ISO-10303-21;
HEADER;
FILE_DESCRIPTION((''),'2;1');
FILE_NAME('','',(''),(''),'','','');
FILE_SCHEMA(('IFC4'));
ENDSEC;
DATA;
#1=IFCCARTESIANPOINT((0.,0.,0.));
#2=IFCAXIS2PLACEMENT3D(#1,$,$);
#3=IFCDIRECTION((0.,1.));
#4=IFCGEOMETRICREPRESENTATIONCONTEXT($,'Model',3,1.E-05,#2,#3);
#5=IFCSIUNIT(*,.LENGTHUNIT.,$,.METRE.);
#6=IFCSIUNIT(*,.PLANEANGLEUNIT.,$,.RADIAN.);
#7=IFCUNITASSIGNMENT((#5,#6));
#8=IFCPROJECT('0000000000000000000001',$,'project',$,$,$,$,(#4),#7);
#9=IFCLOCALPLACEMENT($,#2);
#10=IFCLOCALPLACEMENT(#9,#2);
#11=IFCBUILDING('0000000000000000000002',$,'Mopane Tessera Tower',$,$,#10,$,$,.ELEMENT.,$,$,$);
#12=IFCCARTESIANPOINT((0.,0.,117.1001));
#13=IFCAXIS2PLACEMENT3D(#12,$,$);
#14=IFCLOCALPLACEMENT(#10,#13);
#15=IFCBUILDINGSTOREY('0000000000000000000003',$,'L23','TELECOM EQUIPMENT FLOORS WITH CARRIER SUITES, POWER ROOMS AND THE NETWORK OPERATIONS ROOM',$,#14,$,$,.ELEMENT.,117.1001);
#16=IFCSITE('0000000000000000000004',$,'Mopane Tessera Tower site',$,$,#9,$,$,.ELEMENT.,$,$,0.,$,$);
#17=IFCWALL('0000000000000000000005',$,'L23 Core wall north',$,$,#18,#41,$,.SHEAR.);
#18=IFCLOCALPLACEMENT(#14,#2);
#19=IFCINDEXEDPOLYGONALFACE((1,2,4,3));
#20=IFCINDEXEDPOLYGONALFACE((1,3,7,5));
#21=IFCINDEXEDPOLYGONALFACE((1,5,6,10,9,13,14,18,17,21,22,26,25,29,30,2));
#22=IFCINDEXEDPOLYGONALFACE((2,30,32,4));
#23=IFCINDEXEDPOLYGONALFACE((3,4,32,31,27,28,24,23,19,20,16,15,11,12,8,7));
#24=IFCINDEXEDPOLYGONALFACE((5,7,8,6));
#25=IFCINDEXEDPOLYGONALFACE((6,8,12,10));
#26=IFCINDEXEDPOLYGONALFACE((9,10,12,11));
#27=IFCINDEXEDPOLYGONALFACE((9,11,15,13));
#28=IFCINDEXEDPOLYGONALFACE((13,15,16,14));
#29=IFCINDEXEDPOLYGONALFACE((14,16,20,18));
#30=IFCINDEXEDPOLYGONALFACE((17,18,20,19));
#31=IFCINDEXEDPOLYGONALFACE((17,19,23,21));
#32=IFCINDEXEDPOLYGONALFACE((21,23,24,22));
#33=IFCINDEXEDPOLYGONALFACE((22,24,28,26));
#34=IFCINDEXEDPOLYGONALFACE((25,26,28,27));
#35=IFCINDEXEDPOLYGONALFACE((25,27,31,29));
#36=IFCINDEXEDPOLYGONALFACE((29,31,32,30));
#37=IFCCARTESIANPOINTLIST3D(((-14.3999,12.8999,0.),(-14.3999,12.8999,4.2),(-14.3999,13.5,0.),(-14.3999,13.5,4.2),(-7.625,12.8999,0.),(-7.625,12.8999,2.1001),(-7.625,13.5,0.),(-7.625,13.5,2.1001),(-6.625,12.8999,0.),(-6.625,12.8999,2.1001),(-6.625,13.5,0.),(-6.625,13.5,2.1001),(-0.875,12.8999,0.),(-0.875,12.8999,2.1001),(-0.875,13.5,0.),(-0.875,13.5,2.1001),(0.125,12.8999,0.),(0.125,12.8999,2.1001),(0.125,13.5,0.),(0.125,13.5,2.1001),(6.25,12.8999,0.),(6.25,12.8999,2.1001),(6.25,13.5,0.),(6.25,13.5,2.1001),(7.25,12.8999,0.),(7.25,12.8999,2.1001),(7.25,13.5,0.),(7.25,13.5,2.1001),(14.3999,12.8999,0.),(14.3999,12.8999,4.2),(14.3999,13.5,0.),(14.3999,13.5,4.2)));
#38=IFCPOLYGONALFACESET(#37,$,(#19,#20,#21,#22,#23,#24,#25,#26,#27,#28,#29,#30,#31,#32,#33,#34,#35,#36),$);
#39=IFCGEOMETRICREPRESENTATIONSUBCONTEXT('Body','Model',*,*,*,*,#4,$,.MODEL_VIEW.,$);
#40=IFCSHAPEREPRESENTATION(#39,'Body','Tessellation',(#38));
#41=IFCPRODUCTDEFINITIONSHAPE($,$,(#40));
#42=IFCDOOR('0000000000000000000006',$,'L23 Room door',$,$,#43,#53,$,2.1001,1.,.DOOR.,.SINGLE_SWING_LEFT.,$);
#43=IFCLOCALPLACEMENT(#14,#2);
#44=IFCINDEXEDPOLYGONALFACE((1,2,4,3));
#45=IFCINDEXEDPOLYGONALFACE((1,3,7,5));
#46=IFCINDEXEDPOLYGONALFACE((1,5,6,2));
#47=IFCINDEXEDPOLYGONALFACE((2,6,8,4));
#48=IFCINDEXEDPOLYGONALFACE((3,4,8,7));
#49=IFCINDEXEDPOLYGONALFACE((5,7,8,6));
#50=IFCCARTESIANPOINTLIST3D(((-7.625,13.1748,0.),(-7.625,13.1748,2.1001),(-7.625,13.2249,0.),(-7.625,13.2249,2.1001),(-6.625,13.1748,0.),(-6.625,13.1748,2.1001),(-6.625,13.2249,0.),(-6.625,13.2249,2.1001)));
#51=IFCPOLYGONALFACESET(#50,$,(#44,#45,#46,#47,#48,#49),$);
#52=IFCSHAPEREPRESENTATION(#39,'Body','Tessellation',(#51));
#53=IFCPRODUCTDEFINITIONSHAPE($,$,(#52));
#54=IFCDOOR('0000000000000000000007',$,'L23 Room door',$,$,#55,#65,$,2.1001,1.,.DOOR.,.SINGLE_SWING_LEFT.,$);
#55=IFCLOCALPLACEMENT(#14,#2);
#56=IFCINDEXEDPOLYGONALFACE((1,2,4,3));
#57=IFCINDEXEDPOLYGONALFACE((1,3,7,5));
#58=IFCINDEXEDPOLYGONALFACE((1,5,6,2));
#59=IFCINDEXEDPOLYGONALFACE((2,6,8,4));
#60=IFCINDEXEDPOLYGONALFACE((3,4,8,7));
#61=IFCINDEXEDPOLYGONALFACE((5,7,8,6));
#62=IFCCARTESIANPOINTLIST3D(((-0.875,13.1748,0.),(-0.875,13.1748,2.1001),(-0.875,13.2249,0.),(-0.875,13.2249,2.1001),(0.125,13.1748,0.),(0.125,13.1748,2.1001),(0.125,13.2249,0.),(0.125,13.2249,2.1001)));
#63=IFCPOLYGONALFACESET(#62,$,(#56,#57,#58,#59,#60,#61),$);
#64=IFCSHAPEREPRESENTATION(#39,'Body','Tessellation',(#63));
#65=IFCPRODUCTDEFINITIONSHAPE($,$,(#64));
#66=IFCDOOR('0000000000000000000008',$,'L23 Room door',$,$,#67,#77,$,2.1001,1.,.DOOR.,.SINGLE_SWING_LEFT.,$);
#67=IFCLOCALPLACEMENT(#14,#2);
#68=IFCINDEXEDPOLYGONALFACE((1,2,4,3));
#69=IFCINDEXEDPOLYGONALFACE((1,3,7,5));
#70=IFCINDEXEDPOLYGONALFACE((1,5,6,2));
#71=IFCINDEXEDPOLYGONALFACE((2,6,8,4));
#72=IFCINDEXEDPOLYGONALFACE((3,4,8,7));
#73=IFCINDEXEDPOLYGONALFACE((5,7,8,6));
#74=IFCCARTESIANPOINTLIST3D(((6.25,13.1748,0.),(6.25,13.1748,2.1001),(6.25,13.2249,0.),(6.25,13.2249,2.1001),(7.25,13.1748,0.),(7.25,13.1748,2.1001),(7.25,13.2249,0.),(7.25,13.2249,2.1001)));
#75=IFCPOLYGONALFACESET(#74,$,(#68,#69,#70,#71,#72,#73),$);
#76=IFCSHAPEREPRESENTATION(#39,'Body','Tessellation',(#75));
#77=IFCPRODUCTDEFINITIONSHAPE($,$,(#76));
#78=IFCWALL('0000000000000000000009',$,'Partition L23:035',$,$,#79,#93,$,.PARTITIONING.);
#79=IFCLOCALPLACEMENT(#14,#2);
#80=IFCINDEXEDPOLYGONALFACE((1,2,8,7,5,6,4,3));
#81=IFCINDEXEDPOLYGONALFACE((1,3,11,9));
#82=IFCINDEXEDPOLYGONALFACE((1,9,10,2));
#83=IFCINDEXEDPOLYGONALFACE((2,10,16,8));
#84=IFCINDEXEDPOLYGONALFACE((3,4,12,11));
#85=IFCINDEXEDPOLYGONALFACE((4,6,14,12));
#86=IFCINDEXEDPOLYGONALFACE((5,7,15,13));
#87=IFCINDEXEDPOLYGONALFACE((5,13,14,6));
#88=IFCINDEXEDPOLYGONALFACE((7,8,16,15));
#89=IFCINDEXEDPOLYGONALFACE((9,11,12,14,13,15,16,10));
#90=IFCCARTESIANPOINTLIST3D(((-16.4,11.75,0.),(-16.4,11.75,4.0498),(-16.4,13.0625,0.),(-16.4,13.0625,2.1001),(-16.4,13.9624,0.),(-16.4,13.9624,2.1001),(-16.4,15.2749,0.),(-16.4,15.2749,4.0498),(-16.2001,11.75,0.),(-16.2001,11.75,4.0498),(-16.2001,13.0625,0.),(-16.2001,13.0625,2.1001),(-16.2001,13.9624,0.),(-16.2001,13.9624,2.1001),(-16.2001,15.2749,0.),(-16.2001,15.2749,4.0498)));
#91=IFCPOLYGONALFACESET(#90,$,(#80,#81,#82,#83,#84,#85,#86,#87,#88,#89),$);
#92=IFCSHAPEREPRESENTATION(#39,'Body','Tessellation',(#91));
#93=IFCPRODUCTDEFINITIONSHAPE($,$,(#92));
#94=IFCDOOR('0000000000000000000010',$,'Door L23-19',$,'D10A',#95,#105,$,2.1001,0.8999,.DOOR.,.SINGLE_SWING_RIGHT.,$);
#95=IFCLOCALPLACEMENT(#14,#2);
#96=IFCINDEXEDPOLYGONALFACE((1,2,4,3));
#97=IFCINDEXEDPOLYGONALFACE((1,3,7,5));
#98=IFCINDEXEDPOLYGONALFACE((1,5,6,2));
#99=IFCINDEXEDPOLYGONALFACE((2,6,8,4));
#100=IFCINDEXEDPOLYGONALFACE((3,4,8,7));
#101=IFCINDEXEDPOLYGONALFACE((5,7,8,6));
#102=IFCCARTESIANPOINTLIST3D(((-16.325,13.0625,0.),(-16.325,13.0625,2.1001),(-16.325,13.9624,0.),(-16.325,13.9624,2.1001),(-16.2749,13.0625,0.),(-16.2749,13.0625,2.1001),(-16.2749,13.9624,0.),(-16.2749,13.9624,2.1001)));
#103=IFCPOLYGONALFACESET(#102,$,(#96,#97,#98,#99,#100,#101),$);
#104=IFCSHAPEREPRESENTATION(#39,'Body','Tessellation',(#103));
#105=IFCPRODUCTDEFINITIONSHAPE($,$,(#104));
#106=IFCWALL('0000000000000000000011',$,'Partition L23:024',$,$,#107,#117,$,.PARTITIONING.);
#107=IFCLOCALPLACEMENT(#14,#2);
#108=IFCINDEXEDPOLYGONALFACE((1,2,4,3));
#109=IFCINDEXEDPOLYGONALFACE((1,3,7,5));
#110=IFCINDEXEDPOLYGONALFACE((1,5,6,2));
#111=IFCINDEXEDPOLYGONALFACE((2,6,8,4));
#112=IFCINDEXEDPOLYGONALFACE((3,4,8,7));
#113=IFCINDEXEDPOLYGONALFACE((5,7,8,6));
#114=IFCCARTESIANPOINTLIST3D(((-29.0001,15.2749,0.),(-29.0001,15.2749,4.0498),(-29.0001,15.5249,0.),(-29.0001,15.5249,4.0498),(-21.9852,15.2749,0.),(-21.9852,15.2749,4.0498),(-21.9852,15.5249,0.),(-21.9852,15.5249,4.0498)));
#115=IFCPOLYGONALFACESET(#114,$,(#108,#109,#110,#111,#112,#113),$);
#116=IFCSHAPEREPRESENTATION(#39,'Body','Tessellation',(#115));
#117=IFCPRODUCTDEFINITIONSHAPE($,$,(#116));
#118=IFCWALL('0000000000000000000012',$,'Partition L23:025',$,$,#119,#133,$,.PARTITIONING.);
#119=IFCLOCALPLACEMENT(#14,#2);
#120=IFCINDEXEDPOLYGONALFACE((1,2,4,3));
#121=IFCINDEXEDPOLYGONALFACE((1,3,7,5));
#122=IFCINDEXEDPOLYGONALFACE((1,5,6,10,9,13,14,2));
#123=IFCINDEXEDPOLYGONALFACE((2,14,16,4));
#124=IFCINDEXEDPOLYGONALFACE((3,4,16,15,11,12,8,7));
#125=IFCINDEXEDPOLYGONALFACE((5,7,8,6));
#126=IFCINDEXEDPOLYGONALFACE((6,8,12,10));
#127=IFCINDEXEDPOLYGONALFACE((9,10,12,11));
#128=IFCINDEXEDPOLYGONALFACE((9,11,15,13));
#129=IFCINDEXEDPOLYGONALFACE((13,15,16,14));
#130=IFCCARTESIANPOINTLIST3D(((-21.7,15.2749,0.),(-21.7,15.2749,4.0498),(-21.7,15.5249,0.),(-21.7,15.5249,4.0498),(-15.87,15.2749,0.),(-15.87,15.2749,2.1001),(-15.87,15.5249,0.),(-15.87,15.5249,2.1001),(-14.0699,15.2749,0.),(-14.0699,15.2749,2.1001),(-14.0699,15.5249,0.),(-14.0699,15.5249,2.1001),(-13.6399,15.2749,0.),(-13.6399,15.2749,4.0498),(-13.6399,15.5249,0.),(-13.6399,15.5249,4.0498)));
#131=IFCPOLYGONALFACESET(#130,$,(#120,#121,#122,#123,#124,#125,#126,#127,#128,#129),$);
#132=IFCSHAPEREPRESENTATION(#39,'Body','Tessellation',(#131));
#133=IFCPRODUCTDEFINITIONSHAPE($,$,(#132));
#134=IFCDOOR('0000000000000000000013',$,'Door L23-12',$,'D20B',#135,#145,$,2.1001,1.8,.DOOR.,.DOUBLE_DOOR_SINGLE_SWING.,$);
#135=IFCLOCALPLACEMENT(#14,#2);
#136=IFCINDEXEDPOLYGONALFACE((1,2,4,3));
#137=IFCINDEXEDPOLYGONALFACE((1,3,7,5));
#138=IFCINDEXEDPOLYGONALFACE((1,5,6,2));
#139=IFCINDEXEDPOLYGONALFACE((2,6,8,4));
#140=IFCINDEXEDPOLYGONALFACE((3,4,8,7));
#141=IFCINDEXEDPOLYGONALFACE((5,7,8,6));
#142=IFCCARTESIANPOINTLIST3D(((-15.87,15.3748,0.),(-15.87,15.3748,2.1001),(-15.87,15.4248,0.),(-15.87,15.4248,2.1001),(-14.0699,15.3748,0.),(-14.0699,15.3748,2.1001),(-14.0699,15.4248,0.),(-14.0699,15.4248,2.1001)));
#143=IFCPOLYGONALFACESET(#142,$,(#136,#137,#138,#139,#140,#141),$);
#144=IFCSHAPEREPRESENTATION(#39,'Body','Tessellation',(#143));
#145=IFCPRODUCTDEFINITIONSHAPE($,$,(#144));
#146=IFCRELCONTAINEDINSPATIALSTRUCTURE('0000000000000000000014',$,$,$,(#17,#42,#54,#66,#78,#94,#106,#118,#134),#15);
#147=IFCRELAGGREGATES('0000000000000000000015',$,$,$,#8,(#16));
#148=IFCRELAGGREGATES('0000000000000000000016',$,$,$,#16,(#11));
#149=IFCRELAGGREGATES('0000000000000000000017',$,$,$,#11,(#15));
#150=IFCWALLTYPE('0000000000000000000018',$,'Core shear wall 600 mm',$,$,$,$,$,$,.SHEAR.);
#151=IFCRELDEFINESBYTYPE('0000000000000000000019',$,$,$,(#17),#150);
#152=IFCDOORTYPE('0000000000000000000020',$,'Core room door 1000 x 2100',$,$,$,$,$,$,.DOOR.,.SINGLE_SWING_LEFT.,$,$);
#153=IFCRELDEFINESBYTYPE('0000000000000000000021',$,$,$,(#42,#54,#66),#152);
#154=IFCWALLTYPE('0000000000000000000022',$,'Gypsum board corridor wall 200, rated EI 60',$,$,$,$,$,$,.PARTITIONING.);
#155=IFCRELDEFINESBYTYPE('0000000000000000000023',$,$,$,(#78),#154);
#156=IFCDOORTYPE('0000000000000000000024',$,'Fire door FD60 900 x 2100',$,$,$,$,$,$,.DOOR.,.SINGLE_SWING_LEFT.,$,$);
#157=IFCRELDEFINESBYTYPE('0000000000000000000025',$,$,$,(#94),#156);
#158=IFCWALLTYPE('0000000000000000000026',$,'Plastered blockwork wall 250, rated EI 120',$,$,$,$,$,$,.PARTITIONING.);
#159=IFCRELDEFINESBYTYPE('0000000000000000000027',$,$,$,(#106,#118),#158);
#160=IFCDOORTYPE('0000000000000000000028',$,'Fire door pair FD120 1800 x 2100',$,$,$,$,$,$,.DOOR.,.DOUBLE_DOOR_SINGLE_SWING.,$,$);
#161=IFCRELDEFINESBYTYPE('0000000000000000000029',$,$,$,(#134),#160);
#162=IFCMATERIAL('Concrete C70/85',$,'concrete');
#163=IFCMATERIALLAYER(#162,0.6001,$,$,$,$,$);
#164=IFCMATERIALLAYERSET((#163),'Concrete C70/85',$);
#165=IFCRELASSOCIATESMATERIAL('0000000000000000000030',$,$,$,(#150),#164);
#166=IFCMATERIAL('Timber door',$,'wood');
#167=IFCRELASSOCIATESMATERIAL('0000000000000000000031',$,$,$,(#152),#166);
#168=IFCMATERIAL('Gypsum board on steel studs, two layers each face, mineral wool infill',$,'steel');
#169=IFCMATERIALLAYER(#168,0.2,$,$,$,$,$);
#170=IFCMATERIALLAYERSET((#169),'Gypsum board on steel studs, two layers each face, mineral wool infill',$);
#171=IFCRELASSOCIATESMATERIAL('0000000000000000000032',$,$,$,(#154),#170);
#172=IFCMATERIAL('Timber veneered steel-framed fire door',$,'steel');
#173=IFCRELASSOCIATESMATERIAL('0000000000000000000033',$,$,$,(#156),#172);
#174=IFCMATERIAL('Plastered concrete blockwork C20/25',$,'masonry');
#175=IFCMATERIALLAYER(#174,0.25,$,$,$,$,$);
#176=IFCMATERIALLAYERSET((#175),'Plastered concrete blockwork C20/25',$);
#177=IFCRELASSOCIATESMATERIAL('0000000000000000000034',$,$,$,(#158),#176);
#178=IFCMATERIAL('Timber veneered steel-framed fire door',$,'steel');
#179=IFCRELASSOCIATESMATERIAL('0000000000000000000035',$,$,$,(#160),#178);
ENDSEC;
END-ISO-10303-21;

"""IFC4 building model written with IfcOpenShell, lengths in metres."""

from ifc_helpers import new_model, si_unit, direction, frame, frame_2d, origin, place, context, subcontext, project, spatial, rectangle, extrude, material, layer, layer_set, type_object, element, fill, save


model = new_model("IFC4")

# Units and contexts
model_context = context("Model", 3, precision=1e-05, world=origin(), true_north=direction((0.0, 1.0)))
body_context = subcontext(model_context, "Body", "Model", "MODEL_VIEW")
ifc_project = project(units=[si_unit("LENGTHUNIT", "METRE"), si_unit("PLANEANGLEUNIT", "RADIAN")], contexts=[model_context])

# Site, building, storey
site_placement = place(None, origin())
site = spatial("IfcSite", under=ifc_project, at=site_placement, Name="Mopane Tessera Tower site", CompositionType="ELEMENT", RefElevation=0.0)
building_placement = place(site_placement, origin())
building = spatial("IfcBuilding", under=site, at=building_placement, Name="Mopane Tessera Tower", CompositionType="ELEMENT")
storey_placement = place(building_placement, frame((0.0, 0.0, 117.1001)))
storey = spatial("IfcBuildingStorey", under=building, at=storey_placement, Name="L23", Description="TELECOM EQUIPMENT FLOORS WITH CARRIER SUITES, POWER ROOMS AND THE NETWORK OPERATIONS ROOM", CompositionType="ELEMENT", Elevation=117.1001)

# Wall, openings, doors
ifc_material_1 = material(Name="Concrete C70/85", Category="concrete")
ifc_layer_1 = layer(ifc_material_1, 0.6001)
ifc_layer_set_1 = layer_set([ifc_layer_1], Name="Concrete C70/85")
wall_type_1 = type_object("IfcWallType", Name="Core shear wall 600 mm", PredefinedType="SHEAR", material=ifc_layer_set_1)
wall_1_placement = place(storey_placement, frame((-14.3999, 13.2, 0.0), z_axis=(0.0, 0.0, 1.0), x_axis=(1.0, 0.0, 0.0)))
wall_1 = element("IfcWall", 1, at=wall_1_placement, inside=storey, type_object=wall_type_1, Name="L23 Core wall north", PredefinedType="SHEAR", context=body_context, shape_type="SweptSolid", body=[
    extrude(rectangle(XDim=28.7998, YDim=0.6001, at=frame_2d((14.3999, 0.0))), origin(), (0.0, 0.0, 1.0), 4.2),
])
opening_1_placement = place(wall_1_placement, frame((6.7749, 0.0, 0.0)))
opening_1 = element("IfcOpeningElement", 2, at=opening_1_placement, cuts=wall_1, PredefinedType="OPENING", context=body_context, shape_type="SweptSolid", body=[
    extrude(rectangle(XDim=1.0, YDim=2.1001, at=frame_2d((0.5, 1.05))), frame((0.0, 0.312, 0.0), z_axis=(0.0, -1.0, 0.0), x_axis=(1.0, 0.0, 0.0)), (0.0, 0.0, 1.0), 0.624),
])
opening_2_placement = place(wall_1_placement, frame((13.5249, 0.0, 0.0)))
opening_2 = element("IfcOpeningElement", 3, at=opening_2_placement, cuts=wall_1, PredefinedType="OPENING", context=body_context, shape_type="SweptSolid", body=[
    extrude(rectangle(XDim=1.0, YDim=2.1001, at=frame_2d((0.5, 1.05))), frame((0.0, 0.312, 0.0), z_axis=(0.0, -1.0, 0.0), x_axis=(1.0, 0.0, 0.0)), (0.0, 0.0, 1.0), 0.624),
])
opening_3_placement = place(wall_1_placement, frame((20.6499, 0.0, 0.0)))
opening_3 = element("IfcOpeningElement", 4, at=opening_3_placement, cuts=wall_1, PredefinedType="OPENING", context=body_context, shape_type="SweptSolid", body=[
    extrude(rectangle(XDim=1.0, YDim=2.1001, at=frame_2d((0.5, 1.05))), frame((0.0, 0.312, 0.0), z_axis=(0.0, -1.0, 0.0), x_axis=(1.0, 0.0, 0.0)), (0.0, 0.0, 1.0), 0.624),
])
ifc_material_2 = material(Name="Timber door", Category="wood")
door_type_1 = type_object("IfcDoorType", Name="Core room door 1000 x 2100", OperationType="SINGLE_SWING_LEFT", PredefinedType="DOOR", material=ifc_material_2)
door_1_placement = place(opening_1_placement, origin())
door_1 = element("IfcDoor", 5, at=door_1_placement, inside=storey, type_object=door_type_1, Name="L23 Room door", OperationType="SINGLE_SWING_LEFT", OverallHeight=2.1001, OverallWidth=1.0, PredefinedType="DOOR", context=body_context, shape_type="SweptSolid", body=[
    extrude(rectangle(XDim=1.0, YDim=2.1001, at=frame_2d((0.5, 1.05))), frame((0.0, 0.0249, 0.0), z_axis=(0.0, -1.0, 0.0), x_axis=(1.0, 0.0, 0.0)), (0.0, 0.0, 1.0), 0.05),
])
fill(opening_1, door_1)
door_2_placement = place(opening_2_placement, origin())
door_2 = element("IfcDoor", 6, at=door_2_placement, inside=storey, type_object=door_type_1, Name="L23 Room door", OperationType="SINGLE_SWING_LEFT", OverallHeight=2.1001, OverallWidth=1.0, PredefinedType="DOOR", context=body_context, shape_type="SweptSolid", body=[
    extrude(rectangle(XDim=1.0, YDim=2.1001, at=frame_2d((0.5, 1.05))), frame((0.0, 0.0249, 0.0), z_axis=(0.0, -1.0, 0.0), x_axis=(1.0, 0.0, 0.0)), (0.0, 0.0, 1.0), 0.05),
])
fill(opening_2, door_2)
door_3_placement = place(opening_3_placement, origin())
door_3 = element("IfcDoor", 7, at=door_3_placement, inside=storey, type_object=door_type_1, Name="L23 Room door", OperationType="SINGLE_SWING_LEFT", OverallHeight=2.1001, OverallWidth=1.0, PredefinedType="DOOR", context=body_context, shape_type="SweptSolid", body=[
    extrude(rectangle(XDim=1.0, YDim=2.1001, at=frame_2d((0.5, 1.05))), frame((0.0, 0.0249, 0.0), z_axis=(0.0, -1.0, 0.0), x_axis=(1.0, 0.0, 0.0)), (0.0, 0.0, 1.0), 0.05),
])
fill(opening_3, door_3)

# Wall, opening, door
ifc_material_3 = material(Name="Gypsum board on steel studs, two layers each face, mineral wool infill", Category="steel")
ifc_layer_2 = layer(ifc_material_3, 0.2)
ifc_layer_set_2 = layer_set([ifc_layer_2], Name="Gypsum board on steel studs, two layers each face, mineral wool infill")
wall_type_2 = type_object("IfcWallType", Name="Gypsum board corridor wall 200, rated EI 60", PredefinedType="PARTITIONING", material=ifc_layer_set_2)
wall_2_placement = place(storey_placement, frame((-16.3, 11.75, 0.0), z_axis=(0.0, 0.0, 1.0), x_axis=(0.0, 1.0, 0.0)))
wall_2 = element("IfcWall", 8, at=wall_2_placement, inside=storey, type_object=wall_type_2, Name="Partition L23:035", PredefinedType="PARTITIONING", context=body_context, shape_type="SweptSolid", body=[
    extrude(rectangle(XDim=3.5249, YDim=0.2, at=frame_2d((1.7625, 0.0))), origin(), (0.0, 0.0, 1.0), 4.0498),
])
opening_4_placement = place(wall_2_placement, frame((1.3125, 0.0, 0.0)))
opening_4 = element("IfcOpeningElement", 9, at=opening_4_placement, cuts=wall_2, PredefinedType="OPENING", context=body_context, shape_type="SweptSolid", body=[
    extrude(rectangle(XDim=0.8999, YDim=2.1001, at=frame_2d((0.45, 1.05))), frame((0.0, 0.1121, 0.0), z_axis=(0.0, -1.0, 0.0), x_axis=(1.0, 0.0, 0.0)), (0.0, 0.0, 1.0), 0.2239),
])
ifc_material_4 = material(Name="Timber veneered steel-framed fire door", Category="steel")
door_type_2 = type_object("IfcDoorType", Name="Fire door FD60 900 x 2100", OperationType="SINGLE_SWING_LEFT", PredefinedType="DOOR", material=ifc_material_4)
door_4_placement = place(opening_4_placement, origin())
door_4 = element("IfcDoor", 10, at=door_4_placement, inside=storey, type_object=door_type_2, Name="Door L23-19", ObjectType="D10A", OperationType="SINGLE_SWING_RIGHT", OverallHeight=2.1001, OverallWidth=0.8999, PredefinedType="DOOR", context=body_context, shape_type="SweptSolid", body=[
    extrude(rectangle(XDim=0.8999, YDim=2.1001, at=frame_2d((0.45, 1.05))), frame((0.0, 0.0249, 0.0), z_axis=(0.0, -1.0, 0.0), x_axis=(1.0, 0.0, 0.0)), (0.0, 0.0, 1.0), 0.05),
])
fill(opening_4, door_4)

# Wall
ifc_material_5 = material(Name="Plastered concrete blockwork C20/25", Category="masonry")
ifc_layer_3 = layer(ifc_material_5, 0.25)
ifc_layer_set_3 = layer_set([ifc_layer_3], Name="Plastered concrete blockwork C20/25")
wall_type_3 = type_object("IfcWallType", Name="Plastered blockwork wall 250, rated EI 120", PredefinedType="PARTITIONING", material=ifc_layer_set_3)
wall_3_placement = place(storey_placement, frame((-29.0, 15.3999, 0.0), z_axis=(0.0, 0.0, 1.0), x_axis=(1.0, 0.0, 0.0)))
element("IfcWall", 11, at=wall_3_placement, inside=storey, type_object=wall_type_3, Name="Partition L23:024", PredefinedType="PARTITIONING", context=body_context, shape_type="SweptSolid", body=[
    extrude(rectangle(XDim=7.0149, YDim=0.25, at=frame_2d((3.5073, 0.0))), origin(), (0.0, 0.0, 1.0), 4.0498),
])

# Wall, opening, door
wall_4_placement = place(storey_placement, frame((-21.7, 15.3999, 0.0), z_axis=(0.0, 0.0, 1.0), x_axis=(1.0, 0.0, 0.0)))
wall_4 = element("IfcWall", 12, at=wall_4_placement, inside=storey, type_object=wall_type_3, Name="Partition L23:025", PredefinedType="PARTITIONING", context=body_context, shape_type="SweptSolid", body=[
    extrude(rectangle(XDim=8.0601, YDim=0.25, at=frame_2d((4.03, 0.0))), origin(), (0.0, 0.0, 1.0), 4.0498),
])
opening_5_placement = place(wall_4_placement, frame((5.8301, 0.0, 0.0)))
opening_5 = element("IfcOpeningElement", 13, at=opening_5_placement, cuts=wall_4, PredefinedType="OPENING", context=body_context, shape_type="SweptSolid", body=[
    extrude(rectangle(XDim=1.8, YDim=2.1001, at=frame_2d((0.8999, 1.05))), frame((0.0, 0.137, 0.0), z_axis=(0.0, -1.0, 0.0), x_axis=(1.0, 0.0, 0.0)), (0.0, 0.0, 1.0), 0.2739),
])
ifc_material_6 = material(Name="Timber veneered steel-framed fire door", Category="steel")
door_type_3 = type_object("IfcDoorType", Name="Fire door pair FD120 1800 x 2100", OperationType="DOUBLE_DOOR_SINGLE_SWING", PredefinedType="DOOR", material=ifc_material_6)
door_5_placement = place(opening_5_placement, origin())
door_5 = element("IfcDoor", 14, at=door_5_placement, inside=storey, type_object=door_type_3, Name="Door L23-12", ObjectType="D20B", OperationType="DOUBLE_DOOR_SINGLE_SWING", OverallHeight=2.1001, OverallWidth=1.8, PredefinedType="DOOR", context=body_context, shape_type="SweptSolid", body=[
    extrude(rectangle(XDim=1.8, YDim=2.1001, at=frame_2d((0.8999, 1.05))), frame((0.0, 0.0249, 0.0), z_axis=(0.0, -1.0, 0.0), x_axis=(1.0, 0.0, 0.0)), (0.0, 0.0, 1.0), 0.05),
])
fill(opening_5, door_5)

save(model, "model.ifc")
